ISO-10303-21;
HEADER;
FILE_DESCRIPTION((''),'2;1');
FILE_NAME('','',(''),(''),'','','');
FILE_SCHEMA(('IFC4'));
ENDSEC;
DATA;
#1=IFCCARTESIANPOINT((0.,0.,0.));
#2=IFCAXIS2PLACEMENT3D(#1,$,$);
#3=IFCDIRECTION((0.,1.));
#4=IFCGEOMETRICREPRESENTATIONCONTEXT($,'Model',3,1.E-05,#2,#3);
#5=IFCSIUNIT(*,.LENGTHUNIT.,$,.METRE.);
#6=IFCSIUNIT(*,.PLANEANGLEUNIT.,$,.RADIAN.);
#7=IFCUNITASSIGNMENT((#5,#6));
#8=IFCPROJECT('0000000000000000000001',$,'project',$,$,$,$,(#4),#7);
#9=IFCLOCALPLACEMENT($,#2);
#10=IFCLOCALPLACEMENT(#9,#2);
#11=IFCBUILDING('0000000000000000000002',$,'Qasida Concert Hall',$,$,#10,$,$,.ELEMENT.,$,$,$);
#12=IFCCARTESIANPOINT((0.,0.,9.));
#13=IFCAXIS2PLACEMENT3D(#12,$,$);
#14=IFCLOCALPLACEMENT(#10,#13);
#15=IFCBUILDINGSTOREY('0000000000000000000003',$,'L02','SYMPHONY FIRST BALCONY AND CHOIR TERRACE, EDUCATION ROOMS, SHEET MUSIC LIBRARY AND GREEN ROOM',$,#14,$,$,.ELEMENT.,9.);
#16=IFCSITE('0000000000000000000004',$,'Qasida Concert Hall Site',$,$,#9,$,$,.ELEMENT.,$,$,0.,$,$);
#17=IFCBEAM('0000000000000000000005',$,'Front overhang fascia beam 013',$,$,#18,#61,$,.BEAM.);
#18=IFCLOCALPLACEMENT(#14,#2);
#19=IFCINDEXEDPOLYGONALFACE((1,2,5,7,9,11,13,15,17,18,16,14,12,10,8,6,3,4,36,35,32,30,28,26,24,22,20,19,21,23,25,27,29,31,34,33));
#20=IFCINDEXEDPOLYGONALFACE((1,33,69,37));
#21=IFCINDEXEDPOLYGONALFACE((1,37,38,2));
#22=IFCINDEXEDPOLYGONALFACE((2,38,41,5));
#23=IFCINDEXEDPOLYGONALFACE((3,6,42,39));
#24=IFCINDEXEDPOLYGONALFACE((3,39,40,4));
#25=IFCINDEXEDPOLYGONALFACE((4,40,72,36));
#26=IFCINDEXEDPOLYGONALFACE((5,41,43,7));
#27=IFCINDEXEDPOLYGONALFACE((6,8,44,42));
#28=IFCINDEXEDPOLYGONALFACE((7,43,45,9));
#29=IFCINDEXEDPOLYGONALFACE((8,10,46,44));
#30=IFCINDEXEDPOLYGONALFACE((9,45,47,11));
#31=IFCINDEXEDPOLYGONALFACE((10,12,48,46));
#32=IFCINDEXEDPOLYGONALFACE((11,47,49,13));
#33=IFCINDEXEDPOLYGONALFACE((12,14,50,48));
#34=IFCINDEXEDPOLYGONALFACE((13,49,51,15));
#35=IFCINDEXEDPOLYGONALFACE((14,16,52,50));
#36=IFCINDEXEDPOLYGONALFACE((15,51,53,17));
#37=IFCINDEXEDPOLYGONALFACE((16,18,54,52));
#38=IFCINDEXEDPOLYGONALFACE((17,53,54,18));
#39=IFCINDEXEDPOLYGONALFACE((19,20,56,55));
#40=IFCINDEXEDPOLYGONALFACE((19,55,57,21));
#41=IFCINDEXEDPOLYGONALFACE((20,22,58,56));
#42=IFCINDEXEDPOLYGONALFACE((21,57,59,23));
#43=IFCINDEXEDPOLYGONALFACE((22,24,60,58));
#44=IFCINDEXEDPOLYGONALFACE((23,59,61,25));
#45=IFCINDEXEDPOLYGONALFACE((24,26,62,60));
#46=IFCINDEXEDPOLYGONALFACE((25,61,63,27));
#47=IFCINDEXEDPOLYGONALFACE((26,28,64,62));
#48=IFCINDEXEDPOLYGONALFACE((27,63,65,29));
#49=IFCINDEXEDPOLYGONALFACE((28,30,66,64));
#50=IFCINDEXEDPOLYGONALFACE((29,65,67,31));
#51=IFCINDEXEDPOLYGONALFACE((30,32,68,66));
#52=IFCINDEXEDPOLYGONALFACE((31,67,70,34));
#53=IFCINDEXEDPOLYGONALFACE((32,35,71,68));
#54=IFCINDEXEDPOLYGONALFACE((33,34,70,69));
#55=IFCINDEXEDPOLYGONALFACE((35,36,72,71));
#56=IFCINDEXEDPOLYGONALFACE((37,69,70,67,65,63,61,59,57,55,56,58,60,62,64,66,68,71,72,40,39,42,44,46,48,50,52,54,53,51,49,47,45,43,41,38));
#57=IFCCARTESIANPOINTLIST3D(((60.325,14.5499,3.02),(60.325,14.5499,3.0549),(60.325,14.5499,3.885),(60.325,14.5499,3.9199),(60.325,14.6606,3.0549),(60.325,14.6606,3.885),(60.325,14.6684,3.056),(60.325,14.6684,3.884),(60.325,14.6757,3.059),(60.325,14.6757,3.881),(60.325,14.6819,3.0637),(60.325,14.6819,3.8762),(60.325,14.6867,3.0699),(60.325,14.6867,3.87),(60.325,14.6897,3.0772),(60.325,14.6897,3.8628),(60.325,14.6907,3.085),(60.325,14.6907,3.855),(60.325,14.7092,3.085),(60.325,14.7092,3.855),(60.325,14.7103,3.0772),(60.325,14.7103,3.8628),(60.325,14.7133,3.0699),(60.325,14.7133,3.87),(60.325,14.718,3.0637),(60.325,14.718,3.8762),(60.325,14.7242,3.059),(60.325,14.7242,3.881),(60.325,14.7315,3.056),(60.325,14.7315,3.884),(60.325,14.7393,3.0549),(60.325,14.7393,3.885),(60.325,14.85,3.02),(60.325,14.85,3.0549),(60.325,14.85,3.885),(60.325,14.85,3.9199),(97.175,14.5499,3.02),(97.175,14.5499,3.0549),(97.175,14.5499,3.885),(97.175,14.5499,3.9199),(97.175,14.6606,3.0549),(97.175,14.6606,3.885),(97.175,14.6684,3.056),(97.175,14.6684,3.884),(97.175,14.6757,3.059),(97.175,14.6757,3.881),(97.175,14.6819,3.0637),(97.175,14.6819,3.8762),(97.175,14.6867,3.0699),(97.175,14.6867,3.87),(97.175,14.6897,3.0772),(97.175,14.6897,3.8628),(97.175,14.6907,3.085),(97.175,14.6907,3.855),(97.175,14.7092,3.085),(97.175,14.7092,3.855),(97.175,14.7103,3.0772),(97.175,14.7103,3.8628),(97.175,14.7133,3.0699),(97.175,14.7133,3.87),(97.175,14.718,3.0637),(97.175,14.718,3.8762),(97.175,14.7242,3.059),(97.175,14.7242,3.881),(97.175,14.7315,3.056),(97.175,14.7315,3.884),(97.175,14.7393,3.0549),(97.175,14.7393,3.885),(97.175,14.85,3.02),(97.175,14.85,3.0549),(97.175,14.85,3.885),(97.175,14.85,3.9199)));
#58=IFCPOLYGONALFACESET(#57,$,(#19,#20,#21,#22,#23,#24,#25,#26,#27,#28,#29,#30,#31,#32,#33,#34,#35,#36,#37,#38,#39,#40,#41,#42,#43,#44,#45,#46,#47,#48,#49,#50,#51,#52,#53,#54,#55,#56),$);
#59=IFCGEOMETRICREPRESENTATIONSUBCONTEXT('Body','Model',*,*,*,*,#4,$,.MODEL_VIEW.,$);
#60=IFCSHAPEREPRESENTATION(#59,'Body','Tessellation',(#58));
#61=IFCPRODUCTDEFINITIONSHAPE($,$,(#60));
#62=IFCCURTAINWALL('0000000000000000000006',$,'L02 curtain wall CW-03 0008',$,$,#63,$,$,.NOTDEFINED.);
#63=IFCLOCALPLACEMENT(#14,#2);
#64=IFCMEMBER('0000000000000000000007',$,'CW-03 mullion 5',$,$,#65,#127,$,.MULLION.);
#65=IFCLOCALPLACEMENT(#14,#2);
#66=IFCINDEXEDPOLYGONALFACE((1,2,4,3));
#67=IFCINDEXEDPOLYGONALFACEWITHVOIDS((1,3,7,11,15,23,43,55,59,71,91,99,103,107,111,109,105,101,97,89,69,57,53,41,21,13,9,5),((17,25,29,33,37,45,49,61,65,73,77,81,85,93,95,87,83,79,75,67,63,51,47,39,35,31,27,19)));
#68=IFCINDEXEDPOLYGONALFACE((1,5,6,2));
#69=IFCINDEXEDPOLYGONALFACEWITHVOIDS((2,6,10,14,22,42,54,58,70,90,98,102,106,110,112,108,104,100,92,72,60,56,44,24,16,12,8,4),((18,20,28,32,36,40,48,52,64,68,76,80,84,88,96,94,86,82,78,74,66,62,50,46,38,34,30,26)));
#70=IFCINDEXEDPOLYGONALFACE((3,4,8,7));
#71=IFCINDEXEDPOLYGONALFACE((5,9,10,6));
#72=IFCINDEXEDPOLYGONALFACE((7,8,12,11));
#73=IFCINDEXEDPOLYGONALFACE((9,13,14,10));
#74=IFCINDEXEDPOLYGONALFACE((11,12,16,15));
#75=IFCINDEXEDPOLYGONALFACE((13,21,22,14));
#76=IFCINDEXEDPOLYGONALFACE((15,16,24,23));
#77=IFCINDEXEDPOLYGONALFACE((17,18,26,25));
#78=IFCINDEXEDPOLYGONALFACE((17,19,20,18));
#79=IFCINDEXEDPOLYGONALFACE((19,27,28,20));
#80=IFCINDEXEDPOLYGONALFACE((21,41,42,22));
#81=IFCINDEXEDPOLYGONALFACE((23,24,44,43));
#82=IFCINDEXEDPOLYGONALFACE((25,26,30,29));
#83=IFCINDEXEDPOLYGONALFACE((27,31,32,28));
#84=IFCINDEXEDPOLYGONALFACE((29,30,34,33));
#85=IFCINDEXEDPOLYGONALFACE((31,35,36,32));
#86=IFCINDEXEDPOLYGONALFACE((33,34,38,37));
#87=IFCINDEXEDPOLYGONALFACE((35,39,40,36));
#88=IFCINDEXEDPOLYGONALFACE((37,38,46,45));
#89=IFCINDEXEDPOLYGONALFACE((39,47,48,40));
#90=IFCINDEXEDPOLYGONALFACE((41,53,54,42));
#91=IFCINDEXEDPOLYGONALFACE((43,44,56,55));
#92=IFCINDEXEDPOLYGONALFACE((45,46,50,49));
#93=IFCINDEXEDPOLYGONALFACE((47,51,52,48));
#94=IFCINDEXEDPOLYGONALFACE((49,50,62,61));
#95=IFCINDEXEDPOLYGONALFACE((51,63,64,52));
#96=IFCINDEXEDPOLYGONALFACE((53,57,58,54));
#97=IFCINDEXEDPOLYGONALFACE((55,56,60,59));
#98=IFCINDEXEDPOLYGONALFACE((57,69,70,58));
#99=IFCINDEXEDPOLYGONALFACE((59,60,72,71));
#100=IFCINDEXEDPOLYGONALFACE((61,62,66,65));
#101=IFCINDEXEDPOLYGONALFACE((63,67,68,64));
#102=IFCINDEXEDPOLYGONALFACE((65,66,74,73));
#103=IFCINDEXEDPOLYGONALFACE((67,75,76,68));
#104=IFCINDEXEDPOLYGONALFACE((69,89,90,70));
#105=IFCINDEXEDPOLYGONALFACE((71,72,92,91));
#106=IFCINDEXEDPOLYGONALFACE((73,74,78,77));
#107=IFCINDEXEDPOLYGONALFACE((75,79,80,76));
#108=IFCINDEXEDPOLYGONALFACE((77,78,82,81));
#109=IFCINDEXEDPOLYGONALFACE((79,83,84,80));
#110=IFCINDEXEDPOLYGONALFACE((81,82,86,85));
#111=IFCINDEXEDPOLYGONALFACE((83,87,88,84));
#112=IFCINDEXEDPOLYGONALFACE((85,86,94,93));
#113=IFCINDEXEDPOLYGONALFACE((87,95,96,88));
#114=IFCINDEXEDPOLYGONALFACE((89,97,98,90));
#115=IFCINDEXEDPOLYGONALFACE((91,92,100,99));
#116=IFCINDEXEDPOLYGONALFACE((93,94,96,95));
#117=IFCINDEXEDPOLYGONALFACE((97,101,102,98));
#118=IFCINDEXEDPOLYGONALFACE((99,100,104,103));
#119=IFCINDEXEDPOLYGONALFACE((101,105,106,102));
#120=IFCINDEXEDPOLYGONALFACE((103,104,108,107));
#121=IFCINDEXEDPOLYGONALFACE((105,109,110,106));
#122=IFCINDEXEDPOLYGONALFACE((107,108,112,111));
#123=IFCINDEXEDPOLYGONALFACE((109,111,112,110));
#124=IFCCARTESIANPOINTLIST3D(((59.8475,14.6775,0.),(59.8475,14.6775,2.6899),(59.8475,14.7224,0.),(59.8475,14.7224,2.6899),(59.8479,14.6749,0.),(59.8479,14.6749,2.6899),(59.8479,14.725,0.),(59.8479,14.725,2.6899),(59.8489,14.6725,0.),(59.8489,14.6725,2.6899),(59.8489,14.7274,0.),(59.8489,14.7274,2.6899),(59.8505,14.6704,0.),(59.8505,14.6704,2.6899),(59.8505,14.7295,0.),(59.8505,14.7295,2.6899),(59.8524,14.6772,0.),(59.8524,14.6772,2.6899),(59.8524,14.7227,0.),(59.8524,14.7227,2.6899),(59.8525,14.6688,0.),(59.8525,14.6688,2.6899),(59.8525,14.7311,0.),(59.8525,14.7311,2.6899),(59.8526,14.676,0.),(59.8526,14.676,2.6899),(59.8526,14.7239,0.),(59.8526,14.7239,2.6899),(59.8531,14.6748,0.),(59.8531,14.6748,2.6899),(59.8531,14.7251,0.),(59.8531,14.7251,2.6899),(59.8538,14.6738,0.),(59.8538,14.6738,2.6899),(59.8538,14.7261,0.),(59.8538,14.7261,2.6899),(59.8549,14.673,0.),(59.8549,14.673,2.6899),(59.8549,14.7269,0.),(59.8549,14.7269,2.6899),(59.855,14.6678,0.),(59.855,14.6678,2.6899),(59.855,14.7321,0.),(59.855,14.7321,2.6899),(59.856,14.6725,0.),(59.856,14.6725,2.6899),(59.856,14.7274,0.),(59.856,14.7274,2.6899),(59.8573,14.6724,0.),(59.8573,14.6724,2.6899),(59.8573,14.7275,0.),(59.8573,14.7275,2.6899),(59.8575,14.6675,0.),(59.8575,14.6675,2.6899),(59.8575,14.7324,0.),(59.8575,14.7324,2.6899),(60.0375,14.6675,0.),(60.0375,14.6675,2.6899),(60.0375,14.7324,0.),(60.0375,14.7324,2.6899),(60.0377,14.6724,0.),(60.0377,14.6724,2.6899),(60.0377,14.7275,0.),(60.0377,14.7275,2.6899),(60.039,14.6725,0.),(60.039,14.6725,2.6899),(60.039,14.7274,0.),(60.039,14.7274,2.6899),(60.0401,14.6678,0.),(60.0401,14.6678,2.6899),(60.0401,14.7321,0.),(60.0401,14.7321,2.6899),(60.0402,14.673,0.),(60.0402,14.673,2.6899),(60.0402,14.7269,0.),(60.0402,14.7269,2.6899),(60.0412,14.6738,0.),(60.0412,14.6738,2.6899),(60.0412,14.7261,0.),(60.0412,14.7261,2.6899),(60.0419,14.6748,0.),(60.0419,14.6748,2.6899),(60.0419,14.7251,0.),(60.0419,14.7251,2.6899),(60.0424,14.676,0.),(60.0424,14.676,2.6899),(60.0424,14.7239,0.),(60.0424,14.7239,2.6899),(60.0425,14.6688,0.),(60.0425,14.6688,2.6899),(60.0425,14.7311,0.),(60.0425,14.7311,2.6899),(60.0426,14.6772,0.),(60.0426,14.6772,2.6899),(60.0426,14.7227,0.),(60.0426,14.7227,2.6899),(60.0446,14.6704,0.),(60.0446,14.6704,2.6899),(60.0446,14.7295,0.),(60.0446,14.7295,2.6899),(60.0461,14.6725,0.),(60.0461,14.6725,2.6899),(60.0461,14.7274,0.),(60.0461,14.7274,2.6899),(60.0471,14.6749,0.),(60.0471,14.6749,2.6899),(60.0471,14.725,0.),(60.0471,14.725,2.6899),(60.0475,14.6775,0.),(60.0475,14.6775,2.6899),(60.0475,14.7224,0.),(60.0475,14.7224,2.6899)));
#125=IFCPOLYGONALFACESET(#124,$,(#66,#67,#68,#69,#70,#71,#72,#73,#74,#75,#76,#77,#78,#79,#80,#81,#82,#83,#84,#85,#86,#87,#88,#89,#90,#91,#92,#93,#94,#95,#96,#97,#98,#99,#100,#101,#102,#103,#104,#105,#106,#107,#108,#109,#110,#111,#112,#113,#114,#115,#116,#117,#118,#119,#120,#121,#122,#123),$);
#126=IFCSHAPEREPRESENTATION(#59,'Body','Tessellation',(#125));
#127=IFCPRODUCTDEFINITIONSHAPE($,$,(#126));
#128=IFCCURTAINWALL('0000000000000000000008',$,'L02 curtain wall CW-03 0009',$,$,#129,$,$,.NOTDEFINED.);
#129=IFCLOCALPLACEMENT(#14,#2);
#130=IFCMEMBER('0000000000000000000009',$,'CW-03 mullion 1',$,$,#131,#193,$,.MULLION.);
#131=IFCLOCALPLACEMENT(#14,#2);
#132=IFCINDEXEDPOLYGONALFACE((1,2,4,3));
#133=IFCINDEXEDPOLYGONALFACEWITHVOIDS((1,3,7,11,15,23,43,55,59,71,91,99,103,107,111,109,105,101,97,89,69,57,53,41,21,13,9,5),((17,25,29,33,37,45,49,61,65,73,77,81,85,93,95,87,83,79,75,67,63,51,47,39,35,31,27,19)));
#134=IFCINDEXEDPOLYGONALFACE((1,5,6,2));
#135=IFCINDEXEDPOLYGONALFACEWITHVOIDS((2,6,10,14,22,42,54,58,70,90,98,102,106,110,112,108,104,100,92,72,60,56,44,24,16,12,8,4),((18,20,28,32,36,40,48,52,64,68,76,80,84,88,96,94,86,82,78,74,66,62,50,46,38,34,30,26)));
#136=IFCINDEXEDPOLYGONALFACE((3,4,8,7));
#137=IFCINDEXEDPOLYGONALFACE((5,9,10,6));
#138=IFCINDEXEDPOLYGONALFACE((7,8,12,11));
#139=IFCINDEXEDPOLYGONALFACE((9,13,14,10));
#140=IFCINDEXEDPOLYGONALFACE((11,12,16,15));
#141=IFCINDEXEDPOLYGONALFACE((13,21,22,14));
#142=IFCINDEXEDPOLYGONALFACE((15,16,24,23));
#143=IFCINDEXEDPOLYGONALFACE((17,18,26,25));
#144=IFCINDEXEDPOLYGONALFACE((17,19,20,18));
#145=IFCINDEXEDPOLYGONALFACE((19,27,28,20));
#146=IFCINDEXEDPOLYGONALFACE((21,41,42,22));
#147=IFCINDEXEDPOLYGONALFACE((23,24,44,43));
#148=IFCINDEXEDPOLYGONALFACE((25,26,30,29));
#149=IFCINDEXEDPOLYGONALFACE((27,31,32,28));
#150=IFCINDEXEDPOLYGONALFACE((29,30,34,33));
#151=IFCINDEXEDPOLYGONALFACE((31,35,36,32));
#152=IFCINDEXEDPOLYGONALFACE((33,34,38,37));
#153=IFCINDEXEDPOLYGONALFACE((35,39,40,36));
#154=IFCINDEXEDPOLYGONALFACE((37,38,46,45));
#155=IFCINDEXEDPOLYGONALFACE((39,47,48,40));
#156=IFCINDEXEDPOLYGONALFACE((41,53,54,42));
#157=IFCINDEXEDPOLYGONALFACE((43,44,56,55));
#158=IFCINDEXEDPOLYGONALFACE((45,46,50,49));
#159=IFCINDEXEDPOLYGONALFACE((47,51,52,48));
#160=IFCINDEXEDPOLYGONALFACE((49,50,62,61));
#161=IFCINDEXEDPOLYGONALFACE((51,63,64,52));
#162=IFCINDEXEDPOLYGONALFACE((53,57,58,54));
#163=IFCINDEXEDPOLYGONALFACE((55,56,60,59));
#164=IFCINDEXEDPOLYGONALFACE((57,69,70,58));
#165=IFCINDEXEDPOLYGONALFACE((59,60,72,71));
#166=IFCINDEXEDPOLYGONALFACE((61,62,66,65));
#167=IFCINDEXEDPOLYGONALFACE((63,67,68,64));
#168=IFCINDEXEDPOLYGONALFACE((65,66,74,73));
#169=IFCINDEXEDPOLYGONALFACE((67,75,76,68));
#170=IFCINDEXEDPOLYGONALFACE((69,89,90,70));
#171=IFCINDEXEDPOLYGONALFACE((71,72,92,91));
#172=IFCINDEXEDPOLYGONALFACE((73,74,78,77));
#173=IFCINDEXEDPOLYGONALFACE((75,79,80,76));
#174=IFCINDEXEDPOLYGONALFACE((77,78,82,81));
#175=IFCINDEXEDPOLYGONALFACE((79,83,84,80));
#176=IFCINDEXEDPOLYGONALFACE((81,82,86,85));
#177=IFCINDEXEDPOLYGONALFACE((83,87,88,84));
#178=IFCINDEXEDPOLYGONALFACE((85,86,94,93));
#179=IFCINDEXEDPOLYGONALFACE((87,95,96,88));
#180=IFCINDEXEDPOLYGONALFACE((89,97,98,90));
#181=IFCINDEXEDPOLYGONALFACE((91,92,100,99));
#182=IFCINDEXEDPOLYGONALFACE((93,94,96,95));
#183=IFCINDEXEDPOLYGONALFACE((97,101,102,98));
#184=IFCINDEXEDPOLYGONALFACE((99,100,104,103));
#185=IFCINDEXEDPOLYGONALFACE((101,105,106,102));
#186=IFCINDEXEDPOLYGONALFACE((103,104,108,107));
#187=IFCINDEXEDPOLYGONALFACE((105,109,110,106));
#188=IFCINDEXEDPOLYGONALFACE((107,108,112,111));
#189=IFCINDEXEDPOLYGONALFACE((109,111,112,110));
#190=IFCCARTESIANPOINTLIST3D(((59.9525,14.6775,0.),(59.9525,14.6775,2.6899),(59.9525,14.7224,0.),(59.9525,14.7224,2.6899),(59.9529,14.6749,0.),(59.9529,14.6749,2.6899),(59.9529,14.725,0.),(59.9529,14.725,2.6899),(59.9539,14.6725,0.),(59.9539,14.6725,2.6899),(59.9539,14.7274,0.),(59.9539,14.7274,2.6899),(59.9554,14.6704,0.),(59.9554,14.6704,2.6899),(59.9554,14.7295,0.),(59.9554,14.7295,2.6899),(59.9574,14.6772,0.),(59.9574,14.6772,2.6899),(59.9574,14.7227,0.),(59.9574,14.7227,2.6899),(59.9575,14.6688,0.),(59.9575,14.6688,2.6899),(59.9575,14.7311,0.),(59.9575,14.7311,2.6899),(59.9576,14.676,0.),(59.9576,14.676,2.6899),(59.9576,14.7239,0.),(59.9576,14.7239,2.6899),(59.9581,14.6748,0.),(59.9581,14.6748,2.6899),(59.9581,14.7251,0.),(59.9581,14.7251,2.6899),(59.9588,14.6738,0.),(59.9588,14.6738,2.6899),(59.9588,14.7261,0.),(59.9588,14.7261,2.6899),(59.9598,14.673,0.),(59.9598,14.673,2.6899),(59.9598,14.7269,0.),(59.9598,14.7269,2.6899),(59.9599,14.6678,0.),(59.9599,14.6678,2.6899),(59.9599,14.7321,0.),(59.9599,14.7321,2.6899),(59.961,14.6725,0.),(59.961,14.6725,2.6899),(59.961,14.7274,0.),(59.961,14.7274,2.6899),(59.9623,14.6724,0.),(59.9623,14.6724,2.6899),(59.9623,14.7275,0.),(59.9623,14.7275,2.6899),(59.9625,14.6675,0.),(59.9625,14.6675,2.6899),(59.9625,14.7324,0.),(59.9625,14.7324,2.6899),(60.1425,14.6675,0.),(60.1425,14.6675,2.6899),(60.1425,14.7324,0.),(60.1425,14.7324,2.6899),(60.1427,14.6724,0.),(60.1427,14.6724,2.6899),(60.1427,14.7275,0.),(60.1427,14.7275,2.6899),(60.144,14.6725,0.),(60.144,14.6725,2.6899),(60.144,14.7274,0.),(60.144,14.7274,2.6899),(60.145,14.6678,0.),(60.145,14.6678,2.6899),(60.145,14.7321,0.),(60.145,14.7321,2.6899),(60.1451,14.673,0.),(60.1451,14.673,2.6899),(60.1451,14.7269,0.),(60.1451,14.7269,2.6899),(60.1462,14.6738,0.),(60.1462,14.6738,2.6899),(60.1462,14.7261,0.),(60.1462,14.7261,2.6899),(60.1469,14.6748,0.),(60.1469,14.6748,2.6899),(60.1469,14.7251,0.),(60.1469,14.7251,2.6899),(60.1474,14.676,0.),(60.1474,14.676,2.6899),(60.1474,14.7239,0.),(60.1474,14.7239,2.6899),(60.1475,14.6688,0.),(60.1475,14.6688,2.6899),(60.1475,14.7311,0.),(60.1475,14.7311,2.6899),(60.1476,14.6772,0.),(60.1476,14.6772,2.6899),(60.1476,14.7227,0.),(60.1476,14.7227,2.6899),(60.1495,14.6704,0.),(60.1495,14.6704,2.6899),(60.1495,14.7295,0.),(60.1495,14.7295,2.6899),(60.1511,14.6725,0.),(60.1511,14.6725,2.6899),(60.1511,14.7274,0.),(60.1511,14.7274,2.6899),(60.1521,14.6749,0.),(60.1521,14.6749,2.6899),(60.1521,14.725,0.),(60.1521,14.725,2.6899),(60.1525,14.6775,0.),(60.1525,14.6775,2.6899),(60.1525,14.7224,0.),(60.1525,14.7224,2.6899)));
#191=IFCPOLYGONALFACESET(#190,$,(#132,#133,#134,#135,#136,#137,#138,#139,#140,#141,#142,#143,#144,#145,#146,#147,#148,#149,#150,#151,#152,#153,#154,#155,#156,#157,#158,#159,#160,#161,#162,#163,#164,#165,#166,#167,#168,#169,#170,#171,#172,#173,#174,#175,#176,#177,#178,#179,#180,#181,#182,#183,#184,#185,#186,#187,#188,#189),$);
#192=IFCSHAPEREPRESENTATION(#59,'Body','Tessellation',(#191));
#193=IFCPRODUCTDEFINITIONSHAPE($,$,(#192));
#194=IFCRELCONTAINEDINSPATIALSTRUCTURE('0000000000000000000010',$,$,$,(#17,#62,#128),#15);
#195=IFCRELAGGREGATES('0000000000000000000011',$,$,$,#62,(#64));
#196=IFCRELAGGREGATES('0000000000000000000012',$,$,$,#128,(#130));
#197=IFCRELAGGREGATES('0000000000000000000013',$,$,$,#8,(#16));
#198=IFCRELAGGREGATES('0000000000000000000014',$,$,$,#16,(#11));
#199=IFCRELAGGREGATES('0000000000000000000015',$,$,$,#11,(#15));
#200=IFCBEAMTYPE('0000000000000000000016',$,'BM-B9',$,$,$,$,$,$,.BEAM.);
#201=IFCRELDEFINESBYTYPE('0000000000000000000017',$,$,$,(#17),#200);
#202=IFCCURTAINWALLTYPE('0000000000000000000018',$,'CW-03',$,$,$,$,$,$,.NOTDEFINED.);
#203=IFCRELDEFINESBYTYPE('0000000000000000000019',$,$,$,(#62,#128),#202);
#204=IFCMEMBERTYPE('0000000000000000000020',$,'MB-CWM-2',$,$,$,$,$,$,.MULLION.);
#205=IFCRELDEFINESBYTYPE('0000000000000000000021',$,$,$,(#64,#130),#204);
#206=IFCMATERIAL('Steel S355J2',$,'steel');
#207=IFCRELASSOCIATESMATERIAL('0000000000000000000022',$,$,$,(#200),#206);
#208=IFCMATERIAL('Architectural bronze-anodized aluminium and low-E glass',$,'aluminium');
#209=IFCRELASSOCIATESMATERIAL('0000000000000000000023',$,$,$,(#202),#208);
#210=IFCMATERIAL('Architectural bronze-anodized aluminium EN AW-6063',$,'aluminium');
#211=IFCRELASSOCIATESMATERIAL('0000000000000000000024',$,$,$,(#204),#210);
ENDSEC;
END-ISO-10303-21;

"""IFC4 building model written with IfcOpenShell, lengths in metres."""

from ifc_helpers import new_model, si_unit, direction, frame, origin, origin_2d, place, context, subcontext, project, spatial, hollow_rectangle, i_section, extrude, material, material_profile, profile_set, type_object, element, aggregate, save


model = new_model("IFC4")

# Units and contexts
model_context = context("Model", 3, precision=1e-05, world=origin(), true_north=direction((0.0, 1.0)))
body_context = subcontext(model_context, "Body", "Model", "MODEL_VIEW")
ifc_project = project(units=[si_unit("LENGTHUNIT", "METRE"), si_unit("PLANEANGLEUNIT", "RADIAN")], contexts=[model_context])

# Site, building, storey
site_placement = place(None, origin())
site = spatial("IfcSite", under=ifc_project, at=site_placement, Name="Qasida Concert Hall Site", CompositionType="ELEMENT", RefElevation=0.0)
building_placement = place(site_placement, origin())
building = spatial("IfcBuilding", under=site, at=building_placement, Name="Qasida Concert Hall", CompositionType="ELEMENT")
storey_placement = place(building_placement, frame((0.0, 0.0, 9.0)))
storey = spatial("IfcBuildingStorey", under=building, at=storey_placement, Name="L02", Description="SYMPHONY FIRST BALCONY AND CHOIR TERRACE, EDUCATION ROOMS, SHEET MUSIC LIBRARY AND GREEN ROOM", CompositionType="ELEMENT", Elevation=9.0)

# Beam
ifc_material_1 = material(Name="Steel S355J2", Category="steel")
ifc_material_profile_1 = material_profile(ifc_material_1, i_section(OverallWidth=0.3, OverallDepth=0.8999, WebThickness=0.0186, FlangeThickness=0.0349, FilletRadius=0.03, at=origin_2d()), Name="HEB 900")
ifc_profile_set_1 = profile_set([ifc_material_profile_1], Name="Steel S355J2")
beam_type = type_object("IfcBeamType", Name="BM-B9", PredefinedType="BEAM", material=ifc_profile_set_1)
beam_placement = place(storey_placement, frame((60.325, 14.7, 3.47), z_axis=(1.0, 0.0, 0.0), x_axis=(0.0, 1.0, 0.0)))
element("IfcBeam", 1, at=beam_placement, inside=storey, type_object=beam_type, Name="Front overhang fascia beam 013", PredefinedType="BEAM", context=body_context, shape_type="SweptSolid", body=[
    extrude(i_section(OverallWidth=0.3, OverallDepth=0.8999, WebThickness=0.0186, FlangeThickness=0.0349, FilletRadius=0.03, at=origin_2d()), origin(), (0.0, 0.0, 1.0), 36.8501),
])

# Curtain wall, member
ifc_material_2 = material(Name="Architectural bronze-anodized aluminium and low-E glass", Category="aluminium")
curtain_wall_type = type_object("IfcCurtainWallType", Name="CW-03", PredefinedType="NOTDEFINED", material=ifc_material_2)
curtain_wall_1_placement = place(storey_placement, origin())
curtain_wall_1 = element("IfcCurtainWall", 2, at=curtain_wall_1_placement, inside=storey, type_object=curtain_wall_type, Name="L02 curtain wall CW-03 0008", PredefinedType="NOTDEFINED")
ifc_material_3 = material(Name="Architectural bronze-anodized aluminium EN AW-6063", Category="aluminium")
ifc_material_profile_2 = material_profile(ifc_material_3, hollow_rectangle(XDim=0.0649, YDim=0.2, WallThickness=0.0049, InnerFilletRadius=0.0049, OuterFilletRadius=0.01, at=origin_2d()), Name="CWM 200x65x5")
ifc_profile_set_2 = profile_set([ifc_material_profile_2], Name="Architectural bronze-anodized aluminium EN AW-6063")
member_type_1 = type_object("IfcMemberType", Name="MB-CWM-2", PredefinedType="MULLION", material=ifc_profile_set_2)
member_1_placement = place(storey_placement, frame((59.9475, 14.7, 0.0), z_axis=(0.0, 0.0, 1.0), x_axis=(0.0, 1.0, 0.0)))
member_1 = element("IfcMember", 3, at=member_1_placement, type_object=member_type_1, Name="CW-03 mullion 5", PredefinedType="MULLION", context=body_context, shape_type="SweptSolid", body=[
    extrude(hollow_rectangle(XDim=0.0649, YDim=0.2, WallThickness=0.0049, InnerFilletRadius=0.0049, OuterFilletRadius=0.01, at=origin_2d()), origin(), (0.0, 0.0, 1.0), 2.6899),
])

# Curtain wall, member
curtain_wall_2_placement = place(storey_placement, origin())
curtain_wall_2 = element("IfcCurtainWall", 4, at=curtain_wall_2_placement, inside=storey, type_object=curtain_wall_type, Name="L02 curtain wall CW-03 0009", PredefinedType="NOTDEFINED")
member_2_placement = place(storey_placement, frame((60.0525, 14.7, 0.0), z_axis=(0.0, 0.0, 1.0), x_axis=(0.0, 1.0, 0.0)))
member_2 = element("IfcMember", 5, at=member_2_placement, type_object=member_type_1, Name="CW-03 mullion 1", PredefinedType="MULLION", context=body_context, shape_type="SweptSolid", body=[
    extrude(hollow_rectangle(XDim=0.0649, YDim=0.2, WallThickness=0.0049, InnerFilletRadius=0.0049, OuterFilletRadius=0.01, at=origin_2d()), origin(), (0.0, 0.0, 1.0), 2.6899),
])

aggregate(curtain_wall_1, [member_1])
aggregate(curtain_wall_2, [member_2])

save(model, "model.ifc")
